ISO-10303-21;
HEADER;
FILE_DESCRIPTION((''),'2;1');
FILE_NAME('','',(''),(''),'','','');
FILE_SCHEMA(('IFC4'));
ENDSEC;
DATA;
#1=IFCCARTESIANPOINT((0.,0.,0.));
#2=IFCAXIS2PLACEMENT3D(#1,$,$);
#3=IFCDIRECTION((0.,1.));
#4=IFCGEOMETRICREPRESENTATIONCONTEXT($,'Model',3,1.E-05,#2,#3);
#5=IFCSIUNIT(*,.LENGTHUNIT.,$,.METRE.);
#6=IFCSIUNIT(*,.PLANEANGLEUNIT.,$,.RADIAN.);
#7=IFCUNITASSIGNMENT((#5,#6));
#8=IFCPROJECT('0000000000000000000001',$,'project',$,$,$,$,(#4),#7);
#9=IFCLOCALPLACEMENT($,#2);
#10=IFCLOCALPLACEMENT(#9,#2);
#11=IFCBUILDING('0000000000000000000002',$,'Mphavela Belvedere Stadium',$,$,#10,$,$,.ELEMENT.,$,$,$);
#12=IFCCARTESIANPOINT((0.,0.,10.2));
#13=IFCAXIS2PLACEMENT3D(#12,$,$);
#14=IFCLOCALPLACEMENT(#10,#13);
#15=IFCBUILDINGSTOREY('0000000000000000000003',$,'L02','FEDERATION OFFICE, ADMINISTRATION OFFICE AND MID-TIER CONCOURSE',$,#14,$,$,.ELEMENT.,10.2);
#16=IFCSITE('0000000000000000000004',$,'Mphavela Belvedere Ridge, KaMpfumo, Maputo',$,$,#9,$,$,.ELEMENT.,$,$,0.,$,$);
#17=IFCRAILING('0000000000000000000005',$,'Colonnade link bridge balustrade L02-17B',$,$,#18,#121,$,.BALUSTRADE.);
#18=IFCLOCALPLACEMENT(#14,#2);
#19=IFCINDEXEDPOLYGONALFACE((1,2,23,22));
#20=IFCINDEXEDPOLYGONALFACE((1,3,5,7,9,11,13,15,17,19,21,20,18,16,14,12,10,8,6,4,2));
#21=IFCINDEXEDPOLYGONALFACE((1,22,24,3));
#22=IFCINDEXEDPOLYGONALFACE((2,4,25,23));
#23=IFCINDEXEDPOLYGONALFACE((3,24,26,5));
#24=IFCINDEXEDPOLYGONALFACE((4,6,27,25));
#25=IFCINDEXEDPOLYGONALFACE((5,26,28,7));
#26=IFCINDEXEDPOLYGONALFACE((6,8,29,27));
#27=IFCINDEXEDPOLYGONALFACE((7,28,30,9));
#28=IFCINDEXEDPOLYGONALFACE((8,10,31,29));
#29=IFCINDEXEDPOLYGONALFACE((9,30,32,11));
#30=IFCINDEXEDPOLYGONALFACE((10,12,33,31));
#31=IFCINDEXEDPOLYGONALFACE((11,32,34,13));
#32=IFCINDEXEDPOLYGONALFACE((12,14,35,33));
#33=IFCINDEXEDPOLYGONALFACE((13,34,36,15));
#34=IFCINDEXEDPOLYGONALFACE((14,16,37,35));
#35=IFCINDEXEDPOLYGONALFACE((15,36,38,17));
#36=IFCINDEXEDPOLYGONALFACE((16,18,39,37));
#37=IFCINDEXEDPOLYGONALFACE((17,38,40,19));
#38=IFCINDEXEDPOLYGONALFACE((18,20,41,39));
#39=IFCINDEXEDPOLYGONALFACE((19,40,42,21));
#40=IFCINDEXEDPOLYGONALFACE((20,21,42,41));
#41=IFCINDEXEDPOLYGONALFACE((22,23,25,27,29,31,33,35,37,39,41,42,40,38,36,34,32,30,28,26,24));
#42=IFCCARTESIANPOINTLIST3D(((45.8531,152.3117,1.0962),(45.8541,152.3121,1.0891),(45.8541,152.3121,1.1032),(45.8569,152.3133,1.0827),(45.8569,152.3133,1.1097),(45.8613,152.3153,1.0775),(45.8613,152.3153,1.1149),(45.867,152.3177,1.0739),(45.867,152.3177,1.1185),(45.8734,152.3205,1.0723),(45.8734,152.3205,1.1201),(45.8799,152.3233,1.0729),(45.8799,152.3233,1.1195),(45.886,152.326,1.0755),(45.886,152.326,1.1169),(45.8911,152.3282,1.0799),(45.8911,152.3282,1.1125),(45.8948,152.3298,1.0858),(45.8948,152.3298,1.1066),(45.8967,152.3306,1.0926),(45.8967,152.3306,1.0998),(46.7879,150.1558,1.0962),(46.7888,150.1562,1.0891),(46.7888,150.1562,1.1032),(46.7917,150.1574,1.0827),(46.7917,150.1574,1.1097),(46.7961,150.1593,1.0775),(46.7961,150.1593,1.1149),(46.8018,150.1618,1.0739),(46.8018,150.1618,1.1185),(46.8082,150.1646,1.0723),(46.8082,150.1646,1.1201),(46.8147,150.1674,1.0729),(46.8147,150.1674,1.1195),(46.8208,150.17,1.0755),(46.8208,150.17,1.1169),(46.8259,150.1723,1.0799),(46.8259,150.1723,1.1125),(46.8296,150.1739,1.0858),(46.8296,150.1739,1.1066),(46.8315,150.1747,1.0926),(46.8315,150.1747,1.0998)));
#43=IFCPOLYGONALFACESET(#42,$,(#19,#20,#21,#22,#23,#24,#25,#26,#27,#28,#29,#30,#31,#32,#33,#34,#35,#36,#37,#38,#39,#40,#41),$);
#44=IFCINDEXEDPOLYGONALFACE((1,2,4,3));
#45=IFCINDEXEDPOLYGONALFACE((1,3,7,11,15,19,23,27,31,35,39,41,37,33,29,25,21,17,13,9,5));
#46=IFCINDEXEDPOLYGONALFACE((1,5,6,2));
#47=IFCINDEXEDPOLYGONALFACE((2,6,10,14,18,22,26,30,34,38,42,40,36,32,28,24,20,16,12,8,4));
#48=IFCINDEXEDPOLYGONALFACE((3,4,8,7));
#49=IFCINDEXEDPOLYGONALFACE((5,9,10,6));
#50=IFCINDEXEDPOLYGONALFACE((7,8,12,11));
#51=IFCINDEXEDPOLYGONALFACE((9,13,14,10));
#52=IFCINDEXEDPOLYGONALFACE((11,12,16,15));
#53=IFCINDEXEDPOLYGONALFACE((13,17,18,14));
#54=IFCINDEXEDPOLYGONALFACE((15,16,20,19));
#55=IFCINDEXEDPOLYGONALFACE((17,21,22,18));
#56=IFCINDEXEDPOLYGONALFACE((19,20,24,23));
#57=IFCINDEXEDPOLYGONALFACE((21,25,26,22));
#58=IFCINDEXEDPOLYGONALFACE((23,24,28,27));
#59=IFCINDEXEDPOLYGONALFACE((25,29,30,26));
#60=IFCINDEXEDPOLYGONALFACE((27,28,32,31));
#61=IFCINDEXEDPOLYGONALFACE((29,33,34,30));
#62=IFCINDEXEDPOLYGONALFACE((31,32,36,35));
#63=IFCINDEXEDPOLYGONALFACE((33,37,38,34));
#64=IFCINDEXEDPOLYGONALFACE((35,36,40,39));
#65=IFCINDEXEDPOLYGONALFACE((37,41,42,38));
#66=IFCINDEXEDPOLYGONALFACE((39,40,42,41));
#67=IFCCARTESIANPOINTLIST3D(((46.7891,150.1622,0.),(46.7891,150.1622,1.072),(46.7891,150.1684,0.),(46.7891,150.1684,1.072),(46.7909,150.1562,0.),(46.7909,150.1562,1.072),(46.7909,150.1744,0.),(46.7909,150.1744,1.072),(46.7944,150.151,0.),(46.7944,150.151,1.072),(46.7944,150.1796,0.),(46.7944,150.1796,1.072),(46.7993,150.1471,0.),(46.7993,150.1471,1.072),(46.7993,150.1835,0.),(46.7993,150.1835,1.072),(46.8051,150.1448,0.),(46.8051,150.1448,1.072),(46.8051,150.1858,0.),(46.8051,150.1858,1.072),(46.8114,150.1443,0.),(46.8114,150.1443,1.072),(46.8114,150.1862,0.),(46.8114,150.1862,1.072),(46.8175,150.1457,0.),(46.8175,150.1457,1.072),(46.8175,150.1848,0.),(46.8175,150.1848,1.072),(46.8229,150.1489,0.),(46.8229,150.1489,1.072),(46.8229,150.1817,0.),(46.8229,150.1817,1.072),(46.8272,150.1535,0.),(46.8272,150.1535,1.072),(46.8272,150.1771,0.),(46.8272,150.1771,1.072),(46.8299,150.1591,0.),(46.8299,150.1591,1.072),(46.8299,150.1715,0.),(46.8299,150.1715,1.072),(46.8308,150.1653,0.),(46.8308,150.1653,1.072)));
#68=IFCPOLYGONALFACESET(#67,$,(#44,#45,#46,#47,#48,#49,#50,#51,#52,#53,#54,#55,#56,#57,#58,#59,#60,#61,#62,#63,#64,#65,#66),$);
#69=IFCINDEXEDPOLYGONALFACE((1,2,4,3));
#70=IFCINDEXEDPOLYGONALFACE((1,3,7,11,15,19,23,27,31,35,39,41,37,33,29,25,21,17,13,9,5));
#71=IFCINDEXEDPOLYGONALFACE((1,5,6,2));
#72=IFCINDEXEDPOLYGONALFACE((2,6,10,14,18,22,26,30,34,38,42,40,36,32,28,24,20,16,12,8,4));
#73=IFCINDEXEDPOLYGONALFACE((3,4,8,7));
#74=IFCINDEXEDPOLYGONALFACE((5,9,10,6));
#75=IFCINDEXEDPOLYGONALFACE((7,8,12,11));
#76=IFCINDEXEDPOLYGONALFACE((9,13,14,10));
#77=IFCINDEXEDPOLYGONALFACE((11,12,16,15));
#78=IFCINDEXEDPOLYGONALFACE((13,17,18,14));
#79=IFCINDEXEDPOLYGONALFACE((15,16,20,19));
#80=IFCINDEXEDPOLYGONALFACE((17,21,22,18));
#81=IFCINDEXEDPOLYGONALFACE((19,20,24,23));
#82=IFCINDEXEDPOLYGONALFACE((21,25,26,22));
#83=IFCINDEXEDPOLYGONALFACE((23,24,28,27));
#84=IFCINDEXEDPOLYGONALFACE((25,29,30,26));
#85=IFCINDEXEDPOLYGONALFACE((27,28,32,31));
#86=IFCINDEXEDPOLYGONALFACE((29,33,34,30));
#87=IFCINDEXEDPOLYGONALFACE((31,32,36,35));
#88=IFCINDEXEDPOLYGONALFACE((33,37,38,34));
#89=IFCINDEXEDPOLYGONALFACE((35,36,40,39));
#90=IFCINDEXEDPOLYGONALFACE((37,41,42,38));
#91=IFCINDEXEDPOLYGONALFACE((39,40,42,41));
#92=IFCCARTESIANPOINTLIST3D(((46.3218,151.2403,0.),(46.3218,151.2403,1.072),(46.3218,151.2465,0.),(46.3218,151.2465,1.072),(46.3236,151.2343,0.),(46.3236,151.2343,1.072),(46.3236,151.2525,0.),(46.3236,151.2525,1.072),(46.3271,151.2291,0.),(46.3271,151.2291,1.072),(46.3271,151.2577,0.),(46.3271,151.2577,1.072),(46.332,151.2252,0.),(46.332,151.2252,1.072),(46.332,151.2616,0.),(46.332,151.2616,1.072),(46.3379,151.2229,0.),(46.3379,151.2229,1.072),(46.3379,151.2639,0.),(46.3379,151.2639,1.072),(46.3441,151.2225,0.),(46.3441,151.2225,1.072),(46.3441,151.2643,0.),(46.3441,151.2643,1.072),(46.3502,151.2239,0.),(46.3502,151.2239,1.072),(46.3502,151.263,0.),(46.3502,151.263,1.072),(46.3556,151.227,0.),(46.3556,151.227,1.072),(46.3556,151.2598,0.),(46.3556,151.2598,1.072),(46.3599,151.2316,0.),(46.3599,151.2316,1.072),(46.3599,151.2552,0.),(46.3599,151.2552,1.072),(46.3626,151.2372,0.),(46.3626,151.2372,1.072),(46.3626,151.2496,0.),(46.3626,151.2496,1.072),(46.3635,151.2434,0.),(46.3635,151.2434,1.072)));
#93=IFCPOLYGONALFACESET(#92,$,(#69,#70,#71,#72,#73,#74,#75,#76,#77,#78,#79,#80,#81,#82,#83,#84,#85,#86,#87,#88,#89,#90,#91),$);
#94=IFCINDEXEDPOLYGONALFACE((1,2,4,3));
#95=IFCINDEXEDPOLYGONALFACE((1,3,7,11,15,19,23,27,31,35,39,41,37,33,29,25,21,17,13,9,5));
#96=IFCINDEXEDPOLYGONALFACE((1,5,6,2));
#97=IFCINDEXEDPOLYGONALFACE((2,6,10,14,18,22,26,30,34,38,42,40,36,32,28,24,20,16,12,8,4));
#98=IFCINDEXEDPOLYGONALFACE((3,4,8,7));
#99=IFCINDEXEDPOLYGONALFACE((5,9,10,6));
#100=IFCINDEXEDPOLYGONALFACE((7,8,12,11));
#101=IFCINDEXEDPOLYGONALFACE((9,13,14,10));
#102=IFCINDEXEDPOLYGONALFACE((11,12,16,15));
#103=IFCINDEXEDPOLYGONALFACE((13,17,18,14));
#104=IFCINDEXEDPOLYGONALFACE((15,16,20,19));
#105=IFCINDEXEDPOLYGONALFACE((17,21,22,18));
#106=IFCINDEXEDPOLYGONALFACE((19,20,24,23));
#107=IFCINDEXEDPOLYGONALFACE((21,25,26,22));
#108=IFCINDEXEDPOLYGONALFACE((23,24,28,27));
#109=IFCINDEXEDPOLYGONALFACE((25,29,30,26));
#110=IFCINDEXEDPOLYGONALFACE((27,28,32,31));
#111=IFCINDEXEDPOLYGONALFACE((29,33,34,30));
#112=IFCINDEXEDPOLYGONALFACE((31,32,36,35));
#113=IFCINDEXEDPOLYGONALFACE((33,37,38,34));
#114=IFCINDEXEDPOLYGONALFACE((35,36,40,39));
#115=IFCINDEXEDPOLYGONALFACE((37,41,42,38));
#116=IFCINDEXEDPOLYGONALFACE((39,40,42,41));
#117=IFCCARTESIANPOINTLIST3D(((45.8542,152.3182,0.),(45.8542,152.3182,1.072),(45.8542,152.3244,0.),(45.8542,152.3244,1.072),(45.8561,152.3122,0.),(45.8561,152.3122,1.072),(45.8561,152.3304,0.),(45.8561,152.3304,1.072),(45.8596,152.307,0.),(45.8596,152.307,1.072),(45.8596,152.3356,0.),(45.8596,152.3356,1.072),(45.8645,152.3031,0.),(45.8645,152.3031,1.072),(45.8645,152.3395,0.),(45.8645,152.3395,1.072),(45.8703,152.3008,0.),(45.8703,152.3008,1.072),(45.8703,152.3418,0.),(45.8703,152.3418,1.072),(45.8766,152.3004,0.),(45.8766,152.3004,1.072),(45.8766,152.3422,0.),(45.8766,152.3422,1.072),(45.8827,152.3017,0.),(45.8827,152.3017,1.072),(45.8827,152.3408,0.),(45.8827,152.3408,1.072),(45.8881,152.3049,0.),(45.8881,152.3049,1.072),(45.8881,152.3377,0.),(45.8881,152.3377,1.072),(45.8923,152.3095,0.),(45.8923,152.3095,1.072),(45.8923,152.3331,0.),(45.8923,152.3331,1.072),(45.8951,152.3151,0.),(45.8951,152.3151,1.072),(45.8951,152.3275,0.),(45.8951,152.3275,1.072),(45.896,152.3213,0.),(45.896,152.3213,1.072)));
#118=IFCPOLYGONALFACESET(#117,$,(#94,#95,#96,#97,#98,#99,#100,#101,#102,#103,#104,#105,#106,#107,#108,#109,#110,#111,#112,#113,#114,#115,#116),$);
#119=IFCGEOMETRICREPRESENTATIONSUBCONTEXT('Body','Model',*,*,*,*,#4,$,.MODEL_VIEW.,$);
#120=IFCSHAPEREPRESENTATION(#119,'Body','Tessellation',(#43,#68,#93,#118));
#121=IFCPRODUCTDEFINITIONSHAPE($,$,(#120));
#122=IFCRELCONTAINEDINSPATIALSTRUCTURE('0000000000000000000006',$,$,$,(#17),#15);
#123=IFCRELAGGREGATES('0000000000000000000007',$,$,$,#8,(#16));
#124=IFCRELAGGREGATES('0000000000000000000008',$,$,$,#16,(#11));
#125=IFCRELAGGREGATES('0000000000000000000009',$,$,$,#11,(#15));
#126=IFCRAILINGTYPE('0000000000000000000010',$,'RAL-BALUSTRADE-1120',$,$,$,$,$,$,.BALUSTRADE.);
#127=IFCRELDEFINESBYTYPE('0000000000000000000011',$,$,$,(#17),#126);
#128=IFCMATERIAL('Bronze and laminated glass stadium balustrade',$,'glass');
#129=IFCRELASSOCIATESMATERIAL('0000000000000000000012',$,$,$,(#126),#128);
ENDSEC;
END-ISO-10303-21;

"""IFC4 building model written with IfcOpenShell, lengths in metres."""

from ifc_helpers import new_model, si_unit, direction, frame, origin, origin_2d, place, context, subcontext, project, spatial, circle, extrude, material, type_object, element, save


model = new_model("IFC4")

# Units and contexts
model_context = context("Model", 3, precision=1e-05, world=origin(), true_north=direction((0.0, 1.0)))
body_context = subcontext(model_context, "Body", "Model", "MODEL_VIEW")
ifc_project = project(units=[si_unit("LENGTHUNIT", "METRE"), si_unit("PLANEANGLEUNIT", "RADIAN")], contexts=[model_context])

# Site, building, storey
site_placement = place(None, origin())
site = spatial("IfcSite", under=ifc_project, at=site_placement, Name="Mphavela Belvedere Ridge, KaMpfumo, Maputo", CompositionType="ELEMENT", RefElevation=0.0)
building_placement = place(site_placement, origin())
building = spatial("IfcBuilding", under=site, at=building_placement, Name="Mphavela Belvedere Stadium", CompositionType="ELEMENT")
storey_placement = place(building_placement, frame((0.0, 0.0, 10.2)))
storey = spatial("IfcBuildingStorey", under=building, at=storey_placement, Name="L02", Description="FEDERATION OFFICE, ADMINISTRATION OFFICE AND MID-TIER CONCOURSE", CompositionType="ELEMENT", Elevation=10.2)

# Railing
ifc_material_1 = material(Name="Bronze and laminated glass stadium balustrade", Category="glass")
railing_type = type_object("IfcRailingType", Name="RAL-BALUSTRADE-1120", PredefinedType="BALUSTRADE", material=ifc_material_1)
railing_1_placement = place(storey_placement, frame((46.8098, 150.1653, 0.0)))
element("IfcRailing", 1, at=railing_1_placement, inside=storey, type_object=railing_type, Name="Colonnade link bridge balustrade L02-17B", PredefinedType="BALUSTRADE", context=body_context, shape_type="SweptSolid", body=[
    extrude(circle(Radius=0.0239, at=origin_2d()), frame((0.0, 0.0, 1.0962), z_axis=(-0.397803, 0.917471, 0.0), x_axis=(-0.917471, -0.397803, 0.0)), (0.0, 0.0, 1.0), 2.3499),
    extrude(circle(Radius=0.021, at=origin_2d()), origin(), (0.0, 0.0, 1.0), 1.072),
    extrude(circle(Radius=0.021, at=origin_2d()), frame((-0.4673, 1.0781, 0.0)), (0.0, 0.0, 1.0), 1.072),
    extrude(circle(Radius=0.021, at=origin_2d()), frame((-0.9348, 2.156, 0.0)), (0.0, 0.0, 1.0), 1.072),
])

save(model, "model.ifc")
